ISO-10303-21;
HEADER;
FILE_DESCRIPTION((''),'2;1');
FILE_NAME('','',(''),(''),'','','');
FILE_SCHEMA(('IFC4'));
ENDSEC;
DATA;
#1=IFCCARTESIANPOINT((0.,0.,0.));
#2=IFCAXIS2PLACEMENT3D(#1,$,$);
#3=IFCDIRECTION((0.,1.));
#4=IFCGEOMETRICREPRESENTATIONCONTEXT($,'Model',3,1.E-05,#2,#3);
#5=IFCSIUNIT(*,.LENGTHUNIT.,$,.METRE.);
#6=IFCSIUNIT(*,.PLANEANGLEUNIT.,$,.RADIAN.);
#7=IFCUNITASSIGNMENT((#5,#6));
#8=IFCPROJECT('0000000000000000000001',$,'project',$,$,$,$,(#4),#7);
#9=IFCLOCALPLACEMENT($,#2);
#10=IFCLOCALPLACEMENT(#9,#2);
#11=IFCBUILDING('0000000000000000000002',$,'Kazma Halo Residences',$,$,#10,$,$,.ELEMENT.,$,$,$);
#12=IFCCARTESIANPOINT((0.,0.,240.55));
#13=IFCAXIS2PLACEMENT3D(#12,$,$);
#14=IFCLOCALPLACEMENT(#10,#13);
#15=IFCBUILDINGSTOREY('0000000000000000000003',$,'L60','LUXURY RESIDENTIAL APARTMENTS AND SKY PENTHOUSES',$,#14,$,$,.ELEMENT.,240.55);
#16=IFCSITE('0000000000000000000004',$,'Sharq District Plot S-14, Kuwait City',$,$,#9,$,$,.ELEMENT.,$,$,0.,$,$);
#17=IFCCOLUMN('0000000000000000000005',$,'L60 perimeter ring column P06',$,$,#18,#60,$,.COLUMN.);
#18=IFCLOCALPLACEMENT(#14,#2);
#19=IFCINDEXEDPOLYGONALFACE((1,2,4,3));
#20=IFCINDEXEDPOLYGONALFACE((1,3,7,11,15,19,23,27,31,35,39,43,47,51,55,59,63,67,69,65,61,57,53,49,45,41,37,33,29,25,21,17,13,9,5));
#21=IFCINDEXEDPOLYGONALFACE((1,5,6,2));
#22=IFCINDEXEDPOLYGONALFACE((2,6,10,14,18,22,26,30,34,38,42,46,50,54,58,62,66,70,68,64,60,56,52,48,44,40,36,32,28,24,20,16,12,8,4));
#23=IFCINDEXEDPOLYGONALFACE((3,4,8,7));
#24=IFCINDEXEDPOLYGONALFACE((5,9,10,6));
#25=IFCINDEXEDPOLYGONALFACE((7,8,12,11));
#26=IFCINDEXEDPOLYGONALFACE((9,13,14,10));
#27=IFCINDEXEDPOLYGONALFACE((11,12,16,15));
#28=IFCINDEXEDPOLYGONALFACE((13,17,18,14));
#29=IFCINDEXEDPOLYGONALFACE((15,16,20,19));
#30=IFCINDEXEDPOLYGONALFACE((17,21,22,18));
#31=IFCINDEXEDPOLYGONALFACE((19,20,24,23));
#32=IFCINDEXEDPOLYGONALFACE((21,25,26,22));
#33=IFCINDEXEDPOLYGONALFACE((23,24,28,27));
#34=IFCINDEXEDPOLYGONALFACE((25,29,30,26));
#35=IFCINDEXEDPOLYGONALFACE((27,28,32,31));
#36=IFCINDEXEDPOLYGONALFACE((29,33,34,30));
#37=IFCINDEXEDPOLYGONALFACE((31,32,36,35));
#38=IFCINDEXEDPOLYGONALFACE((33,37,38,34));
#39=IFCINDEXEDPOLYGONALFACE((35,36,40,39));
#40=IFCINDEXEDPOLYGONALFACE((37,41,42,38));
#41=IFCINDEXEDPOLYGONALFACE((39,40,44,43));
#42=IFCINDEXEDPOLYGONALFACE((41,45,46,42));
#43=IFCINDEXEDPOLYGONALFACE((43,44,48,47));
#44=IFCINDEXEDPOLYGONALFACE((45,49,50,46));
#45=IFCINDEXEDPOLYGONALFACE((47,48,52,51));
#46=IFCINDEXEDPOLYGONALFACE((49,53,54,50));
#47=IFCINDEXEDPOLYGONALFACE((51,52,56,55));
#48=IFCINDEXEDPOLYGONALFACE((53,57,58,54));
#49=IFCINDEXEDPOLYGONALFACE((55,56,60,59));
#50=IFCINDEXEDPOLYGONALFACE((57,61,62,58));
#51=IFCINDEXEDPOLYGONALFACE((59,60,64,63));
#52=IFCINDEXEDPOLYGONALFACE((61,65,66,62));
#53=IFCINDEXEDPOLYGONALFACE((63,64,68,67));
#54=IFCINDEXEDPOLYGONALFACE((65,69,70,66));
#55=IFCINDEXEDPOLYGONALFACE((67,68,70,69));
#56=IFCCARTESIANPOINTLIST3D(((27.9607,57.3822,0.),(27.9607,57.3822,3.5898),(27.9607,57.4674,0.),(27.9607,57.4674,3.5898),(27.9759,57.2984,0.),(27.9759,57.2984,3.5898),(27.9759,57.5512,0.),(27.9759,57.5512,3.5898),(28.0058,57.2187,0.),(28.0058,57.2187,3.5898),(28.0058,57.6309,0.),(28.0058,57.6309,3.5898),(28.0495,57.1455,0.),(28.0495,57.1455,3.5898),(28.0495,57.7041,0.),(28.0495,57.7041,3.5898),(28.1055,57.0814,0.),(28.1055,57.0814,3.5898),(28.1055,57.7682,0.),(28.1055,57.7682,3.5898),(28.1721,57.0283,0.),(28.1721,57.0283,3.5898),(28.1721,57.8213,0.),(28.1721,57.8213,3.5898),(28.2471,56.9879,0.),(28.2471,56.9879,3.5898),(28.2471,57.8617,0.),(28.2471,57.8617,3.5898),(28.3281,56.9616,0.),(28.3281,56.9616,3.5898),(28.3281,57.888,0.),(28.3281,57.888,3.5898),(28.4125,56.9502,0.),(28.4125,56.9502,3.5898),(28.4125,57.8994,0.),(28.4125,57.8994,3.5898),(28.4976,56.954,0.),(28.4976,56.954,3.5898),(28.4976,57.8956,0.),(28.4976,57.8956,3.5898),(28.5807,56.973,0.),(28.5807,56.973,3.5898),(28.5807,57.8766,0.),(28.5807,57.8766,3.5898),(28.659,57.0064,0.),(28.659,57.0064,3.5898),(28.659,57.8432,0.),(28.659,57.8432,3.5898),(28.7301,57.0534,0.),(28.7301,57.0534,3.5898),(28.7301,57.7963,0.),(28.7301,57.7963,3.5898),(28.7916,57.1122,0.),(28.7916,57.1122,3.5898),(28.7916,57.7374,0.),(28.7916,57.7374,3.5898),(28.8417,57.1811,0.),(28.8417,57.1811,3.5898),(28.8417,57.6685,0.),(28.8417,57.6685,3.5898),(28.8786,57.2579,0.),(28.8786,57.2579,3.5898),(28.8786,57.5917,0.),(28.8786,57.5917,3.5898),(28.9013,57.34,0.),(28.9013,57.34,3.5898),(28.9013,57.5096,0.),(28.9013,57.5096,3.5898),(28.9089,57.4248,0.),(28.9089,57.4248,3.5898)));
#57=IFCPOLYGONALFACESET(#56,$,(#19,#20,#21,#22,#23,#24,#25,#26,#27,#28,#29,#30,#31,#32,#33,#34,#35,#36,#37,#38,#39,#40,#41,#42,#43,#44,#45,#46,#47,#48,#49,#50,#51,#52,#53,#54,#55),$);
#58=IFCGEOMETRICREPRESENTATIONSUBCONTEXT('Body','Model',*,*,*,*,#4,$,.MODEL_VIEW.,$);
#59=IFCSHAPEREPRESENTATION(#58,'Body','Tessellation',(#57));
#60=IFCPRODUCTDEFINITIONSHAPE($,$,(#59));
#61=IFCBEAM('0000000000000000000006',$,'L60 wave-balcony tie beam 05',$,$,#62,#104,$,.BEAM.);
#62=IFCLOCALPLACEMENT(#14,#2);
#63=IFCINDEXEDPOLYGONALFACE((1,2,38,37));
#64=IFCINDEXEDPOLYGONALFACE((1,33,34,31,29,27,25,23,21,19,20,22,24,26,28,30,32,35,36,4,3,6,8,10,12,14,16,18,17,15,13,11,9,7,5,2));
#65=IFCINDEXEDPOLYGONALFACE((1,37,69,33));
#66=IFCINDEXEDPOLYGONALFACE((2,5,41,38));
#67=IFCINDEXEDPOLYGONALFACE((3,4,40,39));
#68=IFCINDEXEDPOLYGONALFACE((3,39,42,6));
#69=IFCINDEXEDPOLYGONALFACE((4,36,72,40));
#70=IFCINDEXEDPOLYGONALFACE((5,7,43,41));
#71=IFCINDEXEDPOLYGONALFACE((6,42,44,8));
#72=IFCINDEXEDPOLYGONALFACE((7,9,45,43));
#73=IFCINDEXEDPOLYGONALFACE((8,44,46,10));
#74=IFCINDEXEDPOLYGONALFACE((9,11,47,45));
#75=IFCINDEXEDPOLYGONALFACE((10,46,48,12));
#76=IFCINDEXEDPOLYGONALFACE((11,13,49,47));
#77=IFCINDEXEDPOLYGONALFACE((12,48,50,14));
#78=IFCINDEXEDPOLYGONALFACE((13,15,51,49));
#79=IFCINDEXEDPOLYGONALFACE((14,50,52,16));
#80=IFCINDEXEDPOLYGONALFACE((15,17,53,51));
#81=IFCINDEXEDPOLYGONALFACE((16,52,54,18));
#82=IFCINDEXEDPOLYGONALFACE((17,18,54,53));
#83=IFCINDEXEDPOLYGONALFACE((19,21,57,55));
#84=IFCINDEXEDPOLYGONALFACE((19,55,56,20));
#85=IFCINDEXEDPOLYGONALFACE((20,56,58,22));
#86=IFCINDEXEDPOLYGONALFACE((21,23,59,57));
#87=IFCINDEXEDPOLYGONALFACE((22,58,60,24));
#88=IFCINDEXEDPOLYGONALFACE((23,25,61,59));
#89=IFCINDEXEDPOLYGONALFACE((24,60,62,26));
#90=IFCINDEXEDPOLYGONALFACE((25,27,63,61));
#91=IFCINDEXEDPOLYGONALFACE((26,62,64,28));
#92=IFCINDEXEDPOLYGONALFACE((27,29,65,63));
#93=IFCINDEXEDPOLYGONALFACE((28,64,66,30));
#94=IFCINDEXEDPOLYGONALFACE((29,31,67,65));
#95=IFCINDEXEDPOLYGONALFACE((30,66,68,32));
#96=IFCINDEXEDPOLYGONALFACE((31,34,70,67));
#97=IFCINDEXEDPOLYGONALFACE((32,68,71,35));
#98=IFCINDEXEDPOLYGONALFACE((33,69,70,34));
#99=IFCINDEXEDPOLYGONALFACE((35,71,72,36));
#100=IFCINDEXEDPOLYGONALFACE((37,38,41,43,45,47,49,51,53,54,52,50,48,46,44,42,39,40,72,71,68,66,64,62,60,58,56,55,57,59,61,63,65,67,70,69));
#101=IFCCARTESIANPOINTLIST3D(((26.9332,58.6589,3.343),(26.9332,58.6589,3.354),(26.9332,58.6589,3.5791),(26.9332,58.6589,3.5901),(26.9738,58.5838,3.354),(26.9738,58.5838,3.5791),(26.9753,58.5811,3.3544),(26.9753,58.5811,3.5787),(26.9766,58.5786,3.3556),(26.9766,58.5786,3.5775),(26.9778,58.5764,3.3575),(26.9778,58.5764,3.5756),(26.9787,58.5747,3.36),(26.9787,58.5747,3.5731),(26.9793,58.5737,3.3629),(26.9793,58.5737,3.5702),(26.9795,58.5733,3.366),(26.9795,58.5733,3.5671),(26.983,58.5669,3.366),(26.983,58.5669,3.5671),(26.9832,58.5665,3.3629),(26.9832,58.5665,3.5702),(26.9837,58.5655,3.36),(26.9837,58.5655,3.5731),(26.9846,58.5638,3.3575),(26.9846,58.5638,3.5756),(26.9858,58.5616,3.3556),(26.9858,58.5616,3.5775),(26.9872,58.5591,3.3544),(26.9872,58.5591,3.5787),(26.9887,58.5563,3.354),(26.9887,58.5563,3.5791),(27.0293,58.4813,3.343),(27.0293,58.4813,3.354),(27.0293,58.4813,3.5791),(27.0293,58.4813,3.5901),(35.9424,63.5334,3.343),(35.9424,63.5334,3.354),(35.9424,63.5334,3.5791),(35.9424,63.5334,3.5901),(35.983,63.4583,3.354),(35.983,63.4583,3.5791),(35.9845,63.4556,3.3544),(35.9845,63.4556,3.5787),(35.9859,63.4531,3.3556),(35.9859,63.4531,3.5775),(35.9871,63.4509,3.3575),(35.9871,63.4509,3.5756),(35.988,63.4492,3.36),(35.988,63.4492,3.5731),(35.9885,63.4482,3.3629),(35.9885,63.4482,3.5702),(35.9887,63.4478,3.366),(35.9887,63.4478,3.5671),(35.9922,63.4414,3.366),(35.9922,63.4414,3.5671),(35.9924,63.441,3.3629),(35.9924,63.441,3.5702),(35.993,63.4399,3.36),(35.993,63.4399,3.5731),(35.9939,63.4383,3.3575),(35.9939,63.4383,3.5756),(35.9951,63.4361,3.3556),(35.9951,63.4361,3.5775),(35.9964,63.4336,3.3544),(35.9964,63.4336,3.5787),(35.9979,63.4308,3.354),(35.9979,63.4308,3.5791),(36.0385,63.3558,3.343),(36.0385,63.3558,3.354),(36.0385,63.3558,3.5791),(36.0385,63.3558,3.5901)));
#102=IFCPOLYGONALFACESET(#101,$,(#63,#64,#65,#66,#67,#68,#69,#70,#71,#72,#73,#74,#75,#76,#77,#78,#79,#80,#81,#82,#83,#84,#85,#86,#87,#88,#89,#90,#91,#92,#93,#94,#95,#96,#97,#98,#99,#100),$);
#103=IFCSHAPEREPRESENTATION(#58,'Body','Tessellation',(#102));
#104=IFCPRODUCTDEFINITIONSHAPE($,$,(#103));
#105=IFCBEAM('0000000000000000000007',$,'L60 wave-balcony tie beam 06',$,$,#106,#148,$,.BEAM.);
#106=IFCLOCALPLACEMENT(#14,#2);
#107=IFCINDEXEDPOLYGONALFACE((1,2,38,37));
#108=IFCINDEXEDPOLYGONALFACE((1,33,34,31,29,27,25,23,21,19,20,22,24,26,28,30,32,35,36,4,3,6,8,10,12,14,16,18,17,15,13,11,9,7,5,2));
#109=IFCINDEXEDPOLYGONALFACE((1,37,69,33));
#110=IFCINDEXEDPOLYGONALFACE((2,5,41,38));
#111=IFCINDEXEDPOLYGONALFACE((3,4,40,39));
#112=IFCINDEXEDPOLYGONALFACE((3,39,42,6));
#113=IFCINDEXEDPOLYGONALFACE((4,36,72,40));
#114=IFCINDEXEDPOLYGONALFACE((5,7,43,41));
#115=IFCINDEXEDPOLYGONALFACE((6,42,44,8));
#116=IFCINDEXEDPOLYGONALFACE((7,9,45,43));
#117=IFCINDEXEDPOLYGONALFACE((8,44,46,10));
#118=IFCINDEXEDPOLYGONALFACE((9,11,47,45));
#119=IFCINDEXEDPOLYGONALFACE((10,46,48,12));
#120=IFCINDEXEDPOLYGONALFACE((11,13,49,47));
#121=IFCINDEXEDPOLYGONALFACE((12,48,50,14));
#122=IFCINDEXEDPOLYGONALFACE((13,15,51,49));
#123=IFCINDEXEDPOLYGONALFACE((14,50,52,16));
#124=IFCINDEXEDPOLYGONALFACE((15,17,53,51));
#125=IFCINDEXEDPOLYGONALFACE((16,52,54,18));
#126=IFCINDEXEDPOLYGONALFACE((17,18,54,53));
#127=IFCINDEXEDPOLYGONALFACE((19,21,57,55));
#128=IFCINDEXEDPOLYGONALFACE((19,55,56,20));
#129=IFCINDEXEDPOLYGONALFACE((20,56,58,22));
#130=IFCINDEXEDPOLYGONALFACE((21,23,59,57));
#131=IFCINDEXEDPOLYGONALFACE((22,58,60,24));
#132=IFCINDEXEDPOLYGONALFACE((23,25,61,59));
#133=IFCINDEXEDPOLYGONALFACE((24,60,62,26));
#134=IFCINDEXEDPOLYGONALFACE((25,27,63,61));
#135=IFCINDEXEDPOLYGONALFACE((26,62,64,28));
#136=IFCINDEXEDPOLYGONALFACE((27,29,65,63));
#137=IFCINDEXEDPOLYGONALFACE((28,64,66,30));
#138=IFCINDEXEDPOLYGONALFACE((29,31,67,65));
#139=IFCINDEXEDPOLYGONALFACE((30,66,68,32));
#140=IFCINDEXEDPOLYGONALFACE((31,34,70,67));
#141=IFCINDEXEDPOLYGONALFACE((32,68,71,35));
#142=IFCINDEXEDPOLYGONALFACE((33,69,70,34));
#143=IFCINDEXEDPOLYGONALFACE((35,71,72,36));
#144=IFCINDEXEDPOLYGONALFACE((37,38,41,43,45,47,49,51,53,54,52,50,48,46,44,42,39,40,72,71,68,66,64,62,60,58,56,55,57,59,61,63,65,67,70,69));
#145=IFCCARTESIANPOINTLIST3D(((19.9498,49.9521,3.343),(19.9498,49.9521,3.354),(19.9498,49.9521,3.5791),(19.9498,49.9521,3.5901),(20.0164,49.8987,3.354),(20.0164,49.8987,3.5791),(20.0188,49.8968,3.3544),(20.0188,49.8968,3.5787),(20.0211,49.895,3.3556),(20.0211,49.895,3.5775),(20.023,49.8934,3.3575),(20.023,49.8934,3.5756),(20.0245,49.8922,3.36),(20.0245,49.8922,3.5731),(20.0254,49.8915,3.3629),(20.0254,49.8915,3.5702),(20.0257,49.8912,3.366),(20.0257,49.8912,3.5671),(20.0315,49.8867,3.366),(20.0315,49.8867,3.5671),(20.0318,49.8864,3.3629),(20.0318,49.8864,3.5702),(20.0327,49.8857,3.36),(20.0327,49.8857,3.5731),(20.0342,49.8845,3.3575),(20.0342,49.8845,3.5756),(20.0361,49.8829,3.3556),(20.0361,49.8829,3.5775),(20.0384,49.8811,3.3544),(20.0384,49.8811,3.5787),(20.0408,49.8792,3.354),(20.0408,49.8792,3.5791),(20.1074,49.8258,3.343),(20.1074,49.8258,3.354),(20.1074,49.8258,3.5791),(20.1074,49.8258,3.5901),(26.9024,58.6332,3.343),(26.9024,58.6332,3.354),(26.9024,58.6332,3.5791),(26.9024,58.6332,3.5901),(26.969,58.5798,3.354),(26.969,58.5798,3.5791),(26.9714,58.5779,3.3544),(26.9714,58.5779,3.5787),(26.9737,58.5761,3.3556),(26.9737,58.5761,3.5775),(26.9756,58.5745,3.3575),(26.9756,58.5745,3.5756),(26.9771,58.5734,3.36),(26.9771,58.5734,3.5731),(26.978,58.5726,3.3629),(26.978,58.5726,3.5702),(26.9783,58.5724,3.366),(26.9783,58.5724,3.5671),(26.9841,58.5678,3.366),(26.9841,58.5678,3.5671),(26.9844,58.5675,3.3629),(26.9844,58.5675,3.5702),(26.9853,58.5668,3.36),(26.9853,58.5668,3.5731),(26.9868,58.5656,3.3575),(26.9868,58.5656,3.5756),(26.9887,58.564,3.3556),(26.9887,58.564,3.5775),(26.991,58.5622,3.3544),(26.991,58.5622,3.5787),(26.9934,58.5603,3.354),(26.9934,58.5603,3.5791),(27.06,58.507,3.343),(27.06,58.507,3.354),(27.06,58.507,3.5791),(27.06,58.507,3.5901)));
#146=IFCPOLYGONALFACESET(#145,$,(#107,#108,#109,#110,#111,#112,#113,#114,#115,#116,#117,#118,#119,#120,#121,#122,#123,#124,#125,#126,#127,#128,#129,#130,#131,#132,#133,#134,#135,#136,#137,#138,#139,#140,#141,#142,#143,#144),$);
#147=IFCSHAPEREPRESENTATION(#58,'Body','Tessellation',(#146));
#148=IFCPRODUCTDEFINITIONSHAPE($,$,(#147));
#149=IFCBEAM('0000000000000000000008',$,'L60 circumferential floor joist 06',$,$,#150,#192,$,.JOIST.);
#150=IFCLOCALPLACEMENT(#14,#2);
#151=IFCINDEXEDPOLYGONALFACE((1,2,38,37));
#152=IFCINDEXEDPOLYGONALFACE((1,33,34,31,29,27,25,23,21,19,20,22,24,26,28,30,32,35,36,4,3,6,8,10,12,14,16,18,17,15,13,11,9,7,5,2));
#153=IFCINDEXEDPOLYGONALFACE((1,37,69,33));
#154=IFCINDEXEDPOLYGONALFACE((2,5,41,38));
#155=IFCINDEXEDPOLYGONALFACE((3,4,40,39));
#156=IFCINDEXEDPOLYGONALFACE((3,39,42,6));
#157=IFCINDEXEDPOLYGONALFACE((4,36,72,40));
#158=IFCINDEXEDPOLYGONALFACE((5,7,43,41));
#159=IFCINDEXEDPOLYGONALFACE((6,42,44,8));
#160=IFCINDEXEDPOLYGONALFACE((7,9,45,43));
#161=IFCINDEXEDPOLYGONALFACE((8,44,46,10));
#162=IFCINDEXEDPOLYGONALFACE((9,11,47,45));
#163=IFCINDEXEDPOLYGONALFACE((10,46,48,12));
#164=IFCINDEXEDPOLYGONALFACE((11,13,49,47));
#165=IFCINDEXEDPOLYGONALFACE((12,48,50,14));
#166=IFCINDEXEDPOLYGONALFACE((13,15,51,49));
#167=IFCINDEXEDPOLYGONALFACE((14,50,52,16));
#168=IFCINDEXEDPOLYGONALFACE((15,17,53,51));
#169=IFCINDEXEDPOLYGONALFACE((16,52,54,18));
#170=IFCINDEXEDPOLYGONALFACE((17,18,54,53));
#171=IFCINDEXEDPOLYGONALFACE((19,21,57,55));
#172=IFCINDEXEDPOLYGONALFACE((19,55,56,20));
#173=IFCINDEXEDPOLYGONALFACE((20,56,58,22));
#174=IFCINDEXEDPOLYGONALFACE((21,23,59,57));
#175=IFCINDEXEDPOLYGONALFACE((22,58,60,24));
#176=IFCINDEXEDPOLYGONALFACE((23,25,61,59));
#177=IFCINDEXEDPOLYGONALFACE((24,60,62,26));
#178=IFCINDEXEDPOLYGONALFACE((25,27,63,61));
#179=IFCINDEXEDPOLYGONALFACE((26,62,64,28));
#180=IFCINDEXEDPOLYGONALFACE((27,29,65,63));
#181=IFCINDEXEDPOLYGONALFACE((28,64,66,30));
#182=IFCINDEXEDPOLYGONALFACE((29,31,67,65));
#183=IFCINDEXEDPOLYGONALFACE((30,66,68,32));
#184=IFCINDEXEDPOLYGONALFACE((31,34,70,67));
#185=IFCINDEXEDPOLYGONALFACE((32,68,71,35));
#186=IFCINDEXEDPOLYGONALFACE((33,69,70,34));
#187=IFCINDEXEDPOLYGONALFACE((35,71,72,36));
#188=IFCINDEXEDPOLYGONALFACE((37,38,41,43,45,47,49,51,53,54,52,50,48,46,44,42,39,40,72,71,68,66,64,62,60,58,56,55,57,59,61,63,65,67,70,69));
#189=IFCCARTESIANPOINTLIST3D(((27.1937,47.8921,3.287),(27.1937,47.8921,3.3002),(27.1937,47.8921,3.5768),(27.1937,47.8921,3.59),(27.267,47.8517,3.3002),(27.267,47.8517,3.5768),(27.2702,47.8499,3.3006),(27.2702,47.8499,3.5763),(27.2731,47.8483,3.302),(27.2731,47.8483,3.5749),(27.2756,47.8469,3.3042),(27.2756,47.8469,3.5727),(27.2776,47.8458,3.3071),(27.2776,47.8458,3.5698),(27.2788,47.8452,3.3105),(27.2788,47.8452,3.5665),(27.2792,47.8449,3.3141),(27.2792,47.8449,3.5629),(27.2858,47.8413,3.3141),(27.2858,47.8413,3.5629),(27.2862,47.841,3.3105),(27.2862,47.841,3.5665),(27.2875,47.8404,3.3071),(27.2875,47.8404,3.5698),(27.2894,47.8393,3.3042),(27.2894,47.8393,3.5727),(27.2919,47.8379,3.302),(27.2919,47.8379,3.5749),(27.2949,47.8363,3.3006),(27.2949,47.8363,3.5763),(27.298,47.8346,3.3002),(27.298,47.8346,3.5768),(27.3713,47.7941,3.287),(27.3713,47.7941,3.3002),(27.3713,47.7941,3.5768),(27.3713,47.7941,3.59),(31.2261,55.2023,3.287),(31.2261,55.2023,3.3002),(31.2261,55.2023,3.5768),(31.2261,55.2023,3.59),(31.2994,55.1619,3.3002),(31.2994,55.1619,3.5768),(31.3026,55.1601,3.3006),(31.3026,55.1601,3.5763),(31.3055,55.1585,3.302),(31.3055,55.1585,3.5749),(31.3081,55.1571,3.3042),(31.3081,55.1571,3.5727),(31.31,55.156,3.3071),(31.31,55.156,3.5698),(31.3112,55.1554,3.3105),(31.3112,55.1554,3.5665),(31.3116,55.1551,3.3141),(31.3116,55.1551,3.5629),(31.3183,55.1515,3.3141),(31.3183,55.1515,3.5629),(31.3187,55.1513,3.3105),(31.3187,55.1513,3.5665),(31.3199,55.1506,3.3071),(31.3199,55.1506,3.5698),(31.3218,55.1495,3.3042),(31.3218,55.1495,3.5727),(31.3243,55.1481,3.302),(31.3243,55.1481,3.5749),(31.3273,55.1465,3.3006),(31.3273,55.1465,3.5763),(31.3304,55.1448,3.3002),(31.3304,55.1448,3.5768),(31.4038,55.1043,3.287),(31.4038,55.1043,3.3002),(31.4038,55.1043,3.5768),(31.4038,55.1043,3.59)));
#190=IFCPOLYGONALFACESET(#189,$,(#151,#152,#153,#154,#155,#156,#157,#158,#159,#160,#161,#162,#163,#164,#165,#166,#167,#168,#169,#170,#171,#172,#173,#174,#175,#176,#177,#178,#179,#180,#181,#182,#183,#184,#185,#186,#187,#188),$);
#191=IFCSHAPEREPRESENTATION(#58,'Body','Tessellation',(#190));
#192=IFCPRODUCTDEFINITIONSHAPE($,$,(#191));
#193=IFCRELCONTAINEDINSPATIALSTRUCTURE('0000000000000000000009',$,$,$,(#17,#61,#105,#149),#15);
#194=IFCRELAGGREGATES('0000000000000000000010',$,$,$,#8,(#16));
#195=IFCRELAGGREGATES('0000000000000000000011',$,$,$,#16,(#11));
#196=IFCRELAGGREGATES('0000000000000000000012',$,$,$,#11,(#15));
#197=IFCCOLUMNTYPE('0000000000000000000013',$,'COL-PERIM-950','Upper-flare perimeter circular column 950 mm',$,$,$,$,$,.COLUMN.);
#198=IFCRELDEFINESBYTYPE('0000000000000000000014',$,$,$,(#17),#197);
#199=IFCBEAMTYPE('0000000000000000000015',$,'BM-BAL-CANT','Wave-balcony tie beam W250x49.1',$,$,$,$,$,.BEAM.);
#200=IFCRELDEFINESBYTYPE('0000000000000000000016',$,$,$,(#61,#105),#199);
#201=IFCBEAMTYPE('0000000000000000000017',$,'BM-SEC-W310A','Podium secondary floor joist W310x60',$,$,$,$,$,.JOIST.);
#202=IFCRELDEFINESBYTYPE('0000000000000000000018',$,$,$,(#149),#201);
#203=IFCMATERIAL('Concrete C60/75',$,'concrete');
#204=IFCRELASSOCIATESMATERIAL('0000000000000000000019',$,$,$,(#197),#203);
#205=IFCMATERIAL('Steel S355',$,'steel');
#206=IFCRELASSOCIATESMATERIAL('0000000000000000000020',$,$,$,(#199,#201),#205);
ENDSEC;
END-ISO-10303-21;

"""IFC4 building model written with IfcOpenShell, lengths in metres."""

from ifc_helpers import new_model, si_unit, direction, frame, origin, origin_2d, place, context, subcontext, project, spatial, circle, i_section, extrude, material, material_profile, profile_set, type_object, element, save


model = new_model("IFC4")

# Units and contexts
model_context = context("Model", 3, precision=1e-05, world=origin(), true_north=direction((0.0, 1.0)))
body_context = subcontext(model_context, "Body", "Model", "MODEL_VIEW")
ifc_project = project(units=[si_unit("LENGTHUNIT", "METRE"), si_unit("PLANEANGLEUNIT", "RADIAN")], contexts=[model_context])

# Site, building, storey
site_placement = place(None, origin())
site = spatial("IfcSite", under=ifc_project, at=site_placement, Name="Sharq District Plot S-14, Kuwait City", CompositionType="ELEMENT", RefElevation=0.0)
building_placement = place(site_placement, origin())
building = spatial("IfcBuilding", under=site, at=building_placement, Name="Kazma Halo Residences", CompositionType="ELEMENT")
storey_placement = place(building_placement, frame((0.0, 0.0, 240.55)))
storey = spatial("IfcBuildingStorey", under=building, at=storey_placement, Name="L60", Description="LUXURY RESIDENTIAL APARTMENTS AND SKY PENTHOUSES", CompositionType="ELEMENT", Elevation=240.55)

# Column
ifc_material_1 = material(Name="Concrete C60/75", Category="concrete")
ifc_material_profile_1 = material_profile(ifc_material_1, circle(Radius=0.4751, at=origin_2d()), Name="CIRC950")
ifc_profile_set_1 = profile_set([ifc_material_profile_1], Name="Concrete C60/75")
column_type = type_object("IfcColumnType", Name="COL-PERIM-950", Description="Upper-flare perimeter circular column 950 mm", PredefinedType="COLUMN", material=ifc_profile_set_1)
column_placement = place(storey_placement, frame((28.4338, 57.4248, 0.0), z_axis=(0.0, 0.0, 1.0), x_axis=(1.0, 0.0, 0.0)))
element("IfcColumn", 1, at=column_placement, inside=storey, type_object=column_type, Name="L60 perimeter ring column P06", PredefinedType="COLUMN", context=body_context, shape_type="SweptSolid", body=[
    extrude(circle(Radius=0.4751, at=origin_2d()), origin(), (0.0, 0.0, 1.0), 3.5898),
])

# Beams
ifc_material_2 = material(Name="Steel S355", Category="steel")
ifc_material_profile_2 = material_profile(ifc_material_2, i_section(OverallWidth=0.2019, OverallDepth=0.2471, WebThickness=0.0073, FlangeThickness=0.011, FilletRadius=0.012, at=origin_2d()), Name="W250x49.1")
ifc_profile_set_2 = profile_set([ifc_material_profile_2], Name="Steel S355")
beam_type_1 = type_object("IfcBeamType", Name="BM-BAL-CANT", Description="Wave-balcony tie beam W250x49.1", PredefinedType="BEAM", material=ifc_profile_set_2)
beam_1_placement = place(storey_placement, frame((35.9905, 63.4446, 3.4666), z_axis=(-0.879517, -0.475867, 0.0), x_axis=(0.475867, -0.879517, 0.0)))
element("IfcBeam", 2, at=beam_1_placement, inside=storey, type_object=beam_type_1, Name="L60 wave-balcony tie beam 05", PredefinedType="BEAM", context=body_context, shape_type="SweptSolid", body=[
    extrude(i_section(OverallWidth=0.2019, OverallDepth=0.2471, WebThickness=0.0073, FlangeThickness=0.011, FilletRadius=0.012, at=origin_2d()), origin(), (0.0, 0.0, 1.0), 10.2434),
])
beam_2_placement = place(storey_placement, frame((26.9812, 58.5701, 3.4666), z_axis=(-0.625118, -0.78053, 0.0), x_axis=(0.78053, -0.625118, 0.0)))
element("IfcBeam", 3, at=beam_2_placement, inside=storey, type_object=beam_type_1, Name="L60 wave-balcony tie beam 06", PredefinedType="BEAM", context=body_context, shape_type="SweptSolid", body=[
    extrude(i_section(OverallWidth=0.2019, OverallDepth=0.2471, WebThickness=0.0073, FlangeThickness=0.011, FilletRadius=0.012, at=origin_2d()), origin(), (0.0, 0.0, 1.0), 11.1221),
])
ifc_material_profile_3 = material_profile(ifc_material_2, i_section(OverallWidth=0.2029, OverallDepth=0.303, WebThickness=0.0076, FlangeThickness=0.0132, FilletRadius=0.0139, at=origin_2d()), Name="W310x60")
ifc_profile_set_3 = profile_set([ifc_material_profile_3], Name="Steel S355")
beam_type_2 = type_object("IfcBeamType", Name="BM-SEC-W310A", Description="Podium secondary floor joist W310x60", PredefinedType="JOIST", material=ifc_profile_set_3)
beam_3_placement = place(storey_placement, frame((31.3149, 55.1533, 3.4385), z_axis=(-0.483004, -0.875618, 0.0), x_axis=(0.875618, -0.483004, 0.0)))
element("IfcBeam", 4, at=beam_3_placement, inside=storey, type_object=beam_type_2, Name="L60 circumferential floor joist 06", PredefinedType="JOIST", context=body_context, shape_type="SweptSolid", body=[
    extrude(i_section(OverallWidth=0.2029, OverallDepth=0.303, WebThickness=0.0076, FlangeThickness=0.0132, FilletRadius=0.0139, at=origin_2d()), origin(), (0.0, 0.0, 1.0), 8.3486),
])

save(model, "model.ifc")
